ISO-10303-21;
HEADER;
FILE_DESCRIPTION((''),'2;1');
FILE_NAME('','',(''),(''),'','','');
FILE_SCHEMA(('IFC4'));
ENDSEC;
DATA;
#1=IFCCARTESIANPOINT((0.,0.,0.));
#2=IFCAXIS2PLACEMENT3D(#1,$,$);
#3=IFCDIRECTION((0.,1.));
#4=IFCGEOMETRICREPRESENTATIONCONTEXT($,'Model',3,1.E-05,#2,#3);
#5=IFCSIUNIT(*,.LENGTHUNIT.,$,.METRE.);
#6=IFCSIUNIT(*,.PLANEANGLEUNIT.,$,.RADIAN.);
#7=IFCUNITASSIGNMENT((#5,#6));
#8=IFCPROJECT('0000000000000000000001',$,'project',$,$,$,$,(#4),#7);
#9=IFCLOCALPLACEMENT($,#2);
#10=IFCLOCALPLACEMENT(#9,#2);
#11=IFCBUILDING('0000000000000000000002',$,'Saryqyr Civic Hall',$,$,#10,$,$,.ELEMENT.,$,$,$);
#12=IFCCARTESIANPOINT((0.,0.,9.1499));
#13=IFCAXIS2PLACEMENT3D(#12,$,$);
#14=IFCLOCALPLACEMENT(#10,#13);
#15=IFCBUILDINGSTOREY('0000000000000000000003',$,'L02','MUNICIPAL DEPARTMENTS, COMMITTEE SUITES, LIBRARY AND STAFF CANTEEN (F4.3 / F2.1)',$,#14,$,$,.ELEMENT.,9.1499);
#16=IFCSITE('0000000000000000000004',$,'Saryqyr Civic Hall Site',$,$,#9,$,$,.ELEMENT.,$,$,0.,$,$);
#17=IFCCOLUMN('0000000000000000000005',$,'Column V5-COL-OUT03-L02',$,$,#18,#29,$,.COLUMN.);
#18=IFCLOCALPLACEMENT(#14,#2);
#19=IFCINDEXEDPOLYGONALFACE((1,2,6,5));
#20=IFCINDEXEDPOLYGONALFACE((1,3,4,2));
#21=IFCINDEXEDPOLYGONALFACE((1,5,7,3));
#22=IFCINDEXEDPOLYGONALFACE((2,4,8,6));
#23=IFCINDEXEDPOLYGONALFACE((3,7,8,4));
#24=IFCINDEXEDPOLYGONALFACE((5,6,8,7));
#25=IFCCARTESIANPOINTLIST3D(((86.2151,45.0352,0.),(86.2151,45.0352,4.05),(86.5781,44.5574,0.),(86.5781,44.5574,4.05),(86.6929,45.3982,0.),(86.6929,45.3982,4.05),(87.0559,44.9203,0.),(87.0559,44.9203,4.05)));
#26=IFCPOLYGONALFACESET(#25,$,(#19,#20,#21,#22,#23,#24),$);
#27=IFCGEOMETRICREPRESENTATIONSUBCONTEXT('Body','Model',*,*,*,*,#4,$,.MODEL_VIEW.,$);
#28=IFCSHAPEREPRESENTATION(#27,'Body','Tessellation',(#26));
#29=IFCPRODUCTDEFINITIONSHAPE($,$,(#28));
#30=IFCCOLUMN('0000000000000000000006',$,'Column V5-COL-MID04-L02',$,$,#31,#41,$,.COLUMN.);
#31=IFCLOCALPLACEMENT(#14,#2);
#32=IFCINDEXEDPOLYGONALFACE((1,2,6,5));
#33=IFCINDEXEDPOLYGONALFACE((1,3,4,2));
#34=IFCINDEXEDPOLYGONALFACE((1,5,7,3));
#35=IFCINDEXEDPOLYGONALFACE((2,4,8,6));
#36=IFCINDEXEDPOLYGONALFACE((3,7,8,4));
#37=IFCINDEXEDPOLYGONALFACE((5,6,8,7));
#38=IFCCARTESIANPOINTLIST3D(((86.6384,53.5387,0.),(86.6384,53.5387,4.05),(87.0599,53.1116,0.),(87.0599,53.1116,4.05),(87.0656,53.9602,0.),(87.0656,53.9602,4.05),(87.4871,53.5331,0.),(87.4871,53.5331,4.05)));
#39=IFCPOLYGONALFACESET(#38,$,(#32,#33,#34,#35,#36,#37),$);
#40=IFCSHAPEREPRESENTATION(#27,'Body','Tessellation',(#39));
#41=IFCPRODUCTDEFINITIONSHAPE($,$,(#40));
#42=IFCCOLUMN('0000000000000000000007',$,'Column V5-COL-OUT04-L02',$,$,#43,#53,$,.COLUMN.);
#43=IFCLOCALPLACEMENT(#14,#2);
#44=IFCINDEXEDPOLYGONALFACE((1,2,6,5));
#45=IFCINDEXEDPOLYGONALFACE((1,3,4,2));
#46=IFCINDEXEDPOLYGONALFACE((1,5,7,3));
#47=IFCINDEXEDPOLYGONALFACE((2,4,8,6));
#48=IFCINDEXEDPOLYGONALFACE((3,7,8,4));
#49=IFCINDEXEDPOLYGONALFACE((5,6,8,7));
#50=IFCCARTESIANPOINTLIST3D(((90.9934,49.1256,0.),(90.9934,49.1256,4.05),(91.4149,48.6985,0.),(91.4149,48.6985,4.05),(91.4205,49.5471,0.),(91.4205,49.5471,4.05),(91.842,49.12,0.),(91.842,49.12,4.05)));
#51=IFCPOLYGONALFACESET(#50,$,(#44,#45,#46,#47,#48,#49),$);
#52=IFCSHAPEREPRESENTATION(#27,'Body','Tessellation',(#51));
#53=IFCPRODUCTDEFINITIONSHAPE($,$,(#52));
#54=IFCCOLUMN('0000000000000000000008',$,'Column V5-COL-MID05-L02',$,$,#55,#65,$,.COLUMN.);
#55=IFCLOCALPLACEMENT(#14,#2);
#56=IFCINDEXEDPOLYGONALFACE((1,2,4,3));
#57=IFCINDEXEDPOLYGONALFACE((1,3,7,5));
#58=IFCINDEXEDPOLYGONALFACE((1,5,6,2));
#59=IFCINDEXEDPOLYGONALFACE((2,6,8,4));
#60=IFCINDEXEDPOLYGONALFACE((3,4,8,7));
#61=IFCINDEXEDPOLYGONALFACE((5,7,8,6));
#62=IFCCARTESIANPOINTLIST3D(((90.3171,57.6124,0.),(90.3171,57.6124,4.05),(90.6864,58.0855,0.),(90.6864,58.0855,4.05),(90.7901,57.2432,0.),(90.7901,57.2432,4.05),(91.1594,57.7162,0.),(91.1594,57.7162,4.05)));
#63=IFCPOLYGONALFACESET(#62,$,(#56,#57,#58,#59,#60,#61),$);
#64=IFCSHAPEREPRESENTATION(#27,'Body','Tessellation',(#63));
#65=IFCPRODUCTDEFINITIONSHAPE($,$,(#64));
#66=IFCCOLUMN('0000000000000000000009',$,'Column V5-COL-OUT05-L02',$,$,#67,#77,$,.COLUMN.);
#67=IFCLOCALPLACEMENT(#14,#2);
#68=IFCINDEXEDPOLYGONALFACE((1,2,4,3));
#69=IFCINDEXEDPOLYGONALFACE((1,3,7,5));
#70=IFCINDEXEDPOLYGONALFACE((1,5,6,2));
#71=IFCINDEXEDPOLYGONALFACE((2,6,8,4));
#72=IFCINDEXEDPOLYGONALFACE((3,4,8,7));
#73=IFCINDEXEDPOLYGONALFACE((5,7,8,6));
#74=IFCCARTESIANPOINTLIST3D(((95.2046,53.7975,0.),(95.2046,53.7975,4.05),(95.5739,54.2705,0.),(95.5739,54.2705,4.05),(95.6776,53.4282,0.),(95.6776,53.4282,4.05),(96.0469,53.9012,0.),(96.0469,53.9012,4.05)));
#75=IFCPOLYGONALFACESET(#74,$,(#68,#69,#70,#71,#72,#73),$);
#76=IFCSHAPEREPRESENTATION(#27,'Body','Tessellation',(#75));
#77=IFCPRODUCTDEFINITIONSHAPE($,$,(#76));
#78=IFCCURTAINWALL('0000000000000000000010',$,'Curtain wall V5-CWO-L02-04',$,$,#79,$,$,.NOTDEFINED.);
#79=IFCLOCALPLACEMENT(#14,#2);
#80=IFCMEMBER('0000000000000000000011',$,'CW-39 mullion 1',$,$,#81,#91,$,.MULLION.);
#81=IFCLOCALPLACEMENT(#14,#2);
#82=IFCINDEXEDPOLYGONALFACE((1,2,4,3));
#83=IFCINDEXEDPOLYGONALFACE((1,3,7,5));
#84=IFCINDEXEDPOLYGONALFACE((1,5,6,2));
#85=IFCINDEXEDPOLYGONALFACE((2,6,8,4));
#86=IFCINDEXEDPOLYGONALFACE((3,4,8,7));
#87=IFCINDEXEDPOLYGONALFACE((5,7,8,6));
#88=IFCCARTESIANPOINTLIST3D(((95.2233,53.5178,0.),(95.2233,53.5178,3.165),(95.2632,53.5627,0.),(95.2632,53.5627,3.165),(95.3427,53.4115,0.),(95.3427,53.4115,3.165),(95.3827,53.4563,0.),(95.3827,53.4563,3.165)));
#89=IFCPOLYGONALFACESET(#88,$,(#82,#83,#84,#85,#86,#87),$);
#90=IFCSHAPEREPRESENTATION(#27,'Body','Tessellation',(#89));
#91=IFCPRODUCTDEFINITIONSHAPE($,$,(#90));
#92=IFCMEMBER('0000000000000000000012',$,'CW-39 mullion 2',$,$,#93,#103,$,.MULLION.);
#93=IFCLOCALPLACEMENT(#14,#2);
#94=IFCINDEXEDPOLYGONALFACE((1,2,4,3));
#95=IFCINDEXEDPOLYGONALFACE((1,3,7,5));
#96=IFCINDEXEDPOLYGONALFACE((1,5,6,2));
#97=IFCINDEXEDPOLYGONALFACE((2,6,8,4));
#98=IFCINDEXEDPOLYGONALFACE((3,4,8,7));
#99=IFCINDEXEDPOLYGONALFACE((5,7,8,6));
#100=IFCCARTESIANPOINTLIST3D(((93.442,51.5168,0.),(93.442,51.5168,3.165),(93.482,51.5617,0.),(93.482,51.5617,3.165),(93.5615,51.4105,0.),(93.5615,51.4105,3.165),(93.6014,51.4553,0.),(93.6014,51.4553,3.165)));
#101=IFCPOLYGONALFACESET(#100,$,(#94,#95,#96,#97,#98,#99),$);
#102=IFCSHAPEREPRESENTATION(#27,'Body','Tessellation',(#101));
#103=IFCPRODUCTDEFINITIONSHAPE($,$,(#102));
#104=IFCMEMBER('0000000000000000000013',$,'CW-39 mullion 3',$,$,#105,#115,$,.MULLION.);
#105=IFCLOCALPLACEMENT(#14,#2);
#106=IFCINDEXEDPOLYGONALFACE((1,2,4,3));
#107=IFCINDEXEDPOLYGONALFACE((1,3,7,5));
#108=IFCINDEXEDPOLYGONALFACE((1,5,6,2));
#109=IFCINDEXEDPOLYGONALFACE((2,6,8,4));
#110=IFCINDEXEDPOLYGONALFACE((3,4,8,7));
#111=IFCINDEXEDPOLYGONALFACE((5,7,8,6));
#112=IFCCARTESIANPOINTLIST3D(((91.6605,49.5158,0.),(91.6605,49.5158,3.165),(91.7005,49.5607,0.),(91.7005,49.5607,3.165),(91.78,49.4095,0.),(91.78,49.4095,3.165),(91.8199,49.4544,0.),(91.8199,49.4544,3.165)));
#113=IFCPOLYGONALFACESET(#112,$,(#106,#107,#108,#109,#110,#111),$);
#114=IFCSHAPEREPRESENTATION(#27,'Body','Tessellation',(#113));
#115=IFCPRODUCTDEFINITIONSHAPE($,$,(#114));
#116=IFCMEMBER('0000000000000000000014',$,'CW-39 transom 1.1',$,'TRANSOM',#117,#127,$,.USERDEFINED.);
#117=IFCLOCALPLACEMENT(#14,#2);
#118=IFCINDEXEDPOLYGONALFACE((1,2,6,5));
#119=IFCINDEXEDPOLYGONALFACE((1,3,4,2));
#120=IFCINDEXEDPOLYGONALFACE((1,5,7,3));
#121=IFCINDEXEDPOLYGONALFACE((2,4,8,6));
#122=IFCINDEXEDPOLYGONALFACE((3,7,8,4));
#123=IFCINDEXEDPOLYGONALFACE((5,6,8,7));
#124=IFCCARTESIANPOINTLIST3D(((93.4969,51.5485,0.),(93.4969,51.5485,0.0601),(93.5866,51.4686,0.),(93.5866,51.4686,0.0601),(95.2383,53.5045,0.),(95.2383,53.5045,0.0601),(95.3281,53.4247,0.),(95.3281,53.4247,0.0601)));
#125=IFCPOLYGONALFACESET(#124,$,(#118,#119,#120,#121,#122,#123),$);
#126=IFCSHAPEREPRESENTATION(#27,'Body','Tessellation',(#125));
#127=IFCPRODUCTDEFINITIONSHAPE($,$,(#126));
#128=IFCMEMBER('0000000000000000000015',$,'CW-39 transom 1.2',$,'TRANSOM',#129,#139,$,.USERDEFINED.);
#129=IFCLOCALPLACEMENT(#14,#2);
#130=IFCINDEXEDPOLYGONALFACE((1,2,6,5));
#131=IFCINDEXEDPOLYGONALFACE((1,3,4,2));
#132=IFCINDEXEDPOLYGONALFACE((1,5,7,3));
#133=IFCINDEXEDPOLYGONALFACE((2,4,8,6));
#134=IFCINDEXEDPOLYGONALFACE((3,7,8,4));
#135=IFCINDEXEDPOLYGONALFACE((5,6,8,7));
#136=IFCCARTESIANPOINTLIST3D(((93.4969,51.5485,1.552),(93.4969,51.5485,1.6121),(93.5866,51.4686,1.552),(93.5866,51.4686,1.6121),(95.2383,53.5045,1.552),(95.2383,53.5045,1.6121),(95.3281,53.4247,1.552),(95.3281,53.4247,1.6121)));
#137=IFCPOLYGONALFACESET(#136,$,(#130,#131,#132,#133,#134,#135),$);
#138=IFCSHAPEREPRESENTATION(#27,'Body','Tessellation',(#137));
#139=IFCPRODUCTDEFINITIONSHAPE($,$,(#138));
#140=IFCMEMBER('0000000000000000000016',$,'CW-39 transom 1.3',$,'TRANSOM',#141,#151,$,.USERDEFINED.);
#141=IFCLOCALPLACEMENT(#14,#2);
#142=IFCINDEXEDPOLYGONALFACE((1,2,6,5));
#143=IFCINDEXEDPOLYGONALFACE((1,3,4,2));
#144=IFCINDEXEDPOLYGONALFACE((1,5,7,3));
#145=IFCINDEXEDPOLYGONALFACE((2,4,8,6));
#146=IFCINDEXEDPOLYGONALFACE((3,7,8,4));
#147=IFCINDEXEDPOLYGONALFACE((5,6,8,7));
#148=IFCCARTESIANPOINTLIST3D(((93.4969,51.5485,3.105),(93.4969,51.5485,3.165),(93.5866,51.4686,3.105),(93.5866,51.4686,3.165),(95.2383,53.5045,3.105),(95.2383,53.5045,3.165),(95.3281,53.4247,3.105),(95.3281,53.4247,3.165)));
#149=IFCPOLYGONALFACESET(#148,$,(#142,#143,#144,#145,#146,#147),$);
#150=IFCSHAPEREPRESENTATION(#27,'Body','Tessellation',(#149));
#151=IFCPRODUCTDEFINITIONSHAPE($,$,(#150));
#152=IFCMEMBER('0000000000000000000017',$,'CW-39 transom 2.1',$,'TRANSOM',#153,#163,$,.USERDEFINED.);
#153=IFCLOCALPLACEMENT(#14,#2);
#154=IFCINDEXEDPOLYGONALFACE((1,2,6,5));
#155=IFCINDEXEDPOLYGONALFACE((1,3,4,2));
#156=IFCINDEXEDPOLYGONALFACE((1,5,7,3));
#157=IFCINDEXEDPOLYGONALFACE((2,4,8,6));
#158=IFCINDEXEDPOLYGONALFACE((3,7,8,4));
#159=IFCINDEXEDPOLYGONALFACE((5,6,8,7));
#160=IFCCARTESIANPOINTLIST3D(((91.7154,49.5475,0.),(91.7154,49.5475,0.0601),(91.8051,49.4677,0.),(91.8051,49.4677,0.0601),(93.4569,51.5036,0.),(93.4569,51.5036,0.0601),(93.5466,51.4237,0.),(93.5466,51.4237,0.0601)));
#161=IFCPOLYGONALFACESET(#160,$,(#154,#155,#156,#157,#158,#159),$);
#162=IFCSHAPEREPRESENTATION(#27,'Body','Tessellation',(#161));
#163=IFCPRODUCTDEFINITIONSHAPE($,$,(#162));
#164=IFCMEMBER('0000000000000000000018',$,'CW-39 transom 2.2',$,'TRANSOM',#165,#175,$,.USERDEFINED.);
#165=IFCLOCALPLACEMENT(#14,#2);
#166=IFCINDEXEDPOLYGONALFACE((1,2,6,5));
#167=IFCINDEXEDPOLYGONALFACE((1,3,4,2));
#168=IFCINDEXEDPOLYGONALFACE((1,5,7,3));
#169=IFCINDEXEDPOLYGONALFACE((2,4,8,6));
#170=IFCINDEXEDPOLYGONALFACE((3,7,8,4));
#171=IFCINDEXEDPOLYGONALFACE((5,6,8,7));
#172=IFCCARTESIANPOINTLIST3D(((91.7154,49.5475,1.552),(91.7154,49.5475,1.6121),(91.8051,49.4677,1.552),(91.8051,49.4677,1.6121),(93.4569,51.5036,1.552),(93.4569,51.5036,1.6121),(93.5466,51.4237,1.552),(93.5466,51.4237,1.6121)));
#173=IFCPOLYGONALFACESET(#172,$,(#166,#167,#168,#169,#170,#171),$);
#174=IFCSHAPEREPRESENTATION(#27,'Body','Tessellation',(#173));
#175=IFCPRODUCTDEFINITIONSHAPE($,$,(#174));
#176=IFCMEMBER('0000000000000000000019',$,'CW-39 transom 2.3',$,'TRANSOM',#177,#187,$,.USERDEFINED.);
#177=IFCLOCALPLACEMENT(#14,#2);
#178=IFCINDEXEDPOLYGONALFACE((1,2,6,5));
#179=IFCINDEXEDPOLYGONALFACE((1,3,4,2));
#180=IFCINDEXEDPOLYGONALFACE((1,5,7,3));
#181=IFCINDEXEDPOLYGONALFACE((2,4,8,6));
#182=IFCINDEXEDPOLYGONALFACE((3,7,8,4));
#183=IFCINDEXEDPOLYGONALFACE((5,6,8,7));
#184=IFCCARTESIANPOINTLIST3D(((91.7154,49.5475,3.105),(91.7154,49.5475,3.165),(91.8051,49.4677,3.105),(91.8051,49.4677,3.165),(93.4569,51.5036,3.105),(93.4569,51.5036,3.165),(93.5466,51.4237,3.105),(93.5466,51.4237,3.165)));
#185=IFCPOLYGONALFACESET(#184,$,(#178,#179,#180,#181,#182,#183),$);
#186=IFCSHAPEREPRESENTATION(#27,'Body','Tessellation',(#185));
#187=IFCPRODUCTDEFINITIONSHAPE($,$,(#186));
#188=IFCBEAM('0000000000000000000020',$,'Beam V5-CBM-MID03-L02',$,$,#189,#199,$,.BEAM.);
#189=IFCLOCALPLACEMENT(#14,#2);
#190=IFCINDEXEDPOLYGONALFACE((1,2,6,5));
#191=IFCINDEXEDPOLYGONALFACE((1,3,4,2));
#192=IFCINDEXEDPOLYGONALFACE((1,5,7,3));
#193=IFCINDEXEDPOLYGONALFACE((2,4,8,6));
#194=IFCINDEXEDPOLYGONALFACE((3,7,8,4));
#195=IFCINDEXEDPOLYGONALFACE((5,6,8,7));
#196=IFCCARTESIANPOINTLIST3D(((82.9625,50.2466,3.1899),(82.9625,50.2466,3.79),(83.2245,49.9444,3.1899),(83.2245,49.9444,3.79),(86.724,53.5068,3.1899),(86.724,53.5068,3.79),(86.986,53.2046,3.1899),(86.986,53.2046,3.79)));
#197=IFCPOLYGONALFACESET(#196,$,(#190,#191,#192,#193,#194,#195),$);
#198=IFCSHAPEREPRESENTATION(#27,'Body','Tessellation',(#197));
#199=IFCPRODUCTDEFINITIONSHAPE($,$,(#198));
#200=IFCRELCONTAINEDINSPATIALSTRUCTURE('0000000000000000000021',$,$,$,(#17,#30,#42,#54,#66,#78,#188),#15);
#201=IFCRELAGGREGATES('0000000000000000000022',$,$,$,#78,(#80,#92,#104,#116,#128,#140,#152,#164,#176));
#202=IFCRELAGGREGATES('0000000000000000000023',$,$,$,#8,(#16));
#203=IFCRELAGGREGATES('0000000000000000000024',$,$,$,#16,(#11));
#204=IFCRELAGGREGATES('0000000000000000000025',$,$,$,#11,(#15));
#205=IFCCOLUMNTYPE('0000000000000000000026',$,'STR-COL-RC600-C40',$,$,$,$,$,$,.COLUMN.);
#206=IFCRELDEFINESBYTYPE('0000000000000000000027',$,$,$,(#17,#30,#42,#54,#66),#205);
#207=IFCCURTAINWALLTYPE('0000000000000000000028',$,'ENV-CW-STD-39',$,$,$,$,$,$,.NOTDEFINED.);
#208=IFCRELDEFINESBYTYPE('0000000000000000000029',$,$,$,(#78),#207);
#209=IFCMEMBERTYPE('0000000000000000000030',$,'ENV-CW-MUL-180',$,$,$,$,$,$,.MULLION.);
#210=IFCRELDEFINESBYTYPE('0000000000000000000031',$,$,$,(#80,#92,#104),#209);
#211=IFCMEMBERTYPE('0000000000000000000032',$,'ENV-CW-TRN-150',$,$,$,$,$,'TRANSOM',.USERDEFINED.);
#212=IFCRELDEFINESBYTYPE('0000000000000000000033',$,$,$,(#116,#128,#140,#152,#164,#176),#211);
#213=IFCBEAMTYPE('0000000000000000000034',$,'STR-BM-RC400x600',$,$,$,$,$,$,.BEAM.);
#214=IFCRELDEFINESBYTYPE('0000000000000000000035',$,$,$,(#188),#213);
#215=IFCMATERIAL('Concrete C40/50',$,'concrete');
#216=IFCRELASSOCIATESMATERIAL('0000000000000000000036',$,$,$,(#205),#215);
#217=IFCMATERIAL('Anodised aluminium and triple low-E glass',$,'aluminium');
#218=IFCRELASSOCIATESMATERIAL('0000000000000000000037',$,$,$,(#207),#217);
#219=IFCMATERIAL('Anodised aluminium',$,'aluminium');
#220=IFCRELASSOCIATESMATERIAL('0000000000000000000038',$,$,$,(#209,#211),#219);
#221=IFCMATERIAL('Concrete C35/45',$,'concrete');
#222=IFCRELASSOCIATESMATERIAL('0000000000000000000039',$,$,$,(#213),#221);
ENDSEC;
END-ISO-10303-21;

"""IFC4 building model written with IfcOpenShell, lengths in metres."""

from ifc_helpers import new_model, si_unit, direction, frame, origin, origin_2d, place, context, subcontext, project, spatial, rectangle, extrude, material, material_profile, profile_set, type_object, element, aggregate, save


model = new_model("IFC4")

# Units and contexts
model_context = context("Model", 3, precision=1e-05, world=origin(), true_north=direction((0.0, 1.0)))
body_context = subcontext(model_context, "Body", "Model", "MODEL_VIEW")
ifc_project = project(units=[si_unit("LENGTHUNIT", "METRE"), si_unit("PLANEANGLEUNIT", "RADIAN")], contexts=[model_context])

# Site, building, storey
site_placement = place(None, origin())
site = spatial("IfcSite", under=ifc_project, at=site_placement, Name="Saryqyr Civic Hall Site", CompositionType="ELEMENT", RefElevation=0.0)
building_placement = place(site_placement, origin())
building = spatial("IfcBuilding", under=site, at=building_placement, Name="Saryqyr Civic Hall", CompositionType="ELEMENT")
storey_placement = place(building_placement, frame((0.0, 0.0, 9.1499)))
storey = spatial("IfcBuildingStorey", under=building, at=storey_placement, Name="L02", Description="MUNICIPAL DEPARTMENTS, COMMITTEE SUITES, LIBRARY AND STAFF CANTEEN (F4.3 / F2.1)", CompositionType="ELEMENT", Elevation=9.1499)

# Columns
ifc_material_1 = material(Name="Concrete C40/50", Category="concrete")
ifc_material_profile_1 = material_profile(ifc_material_1, rectangle(XDim=0.6001, YDim=0.6001, at=origin_2d()), Name="RC 600x600")
ifc_profile_set_1 = profile_set([ifc_material_profile_1], Name="Concrete C40/50")
column_type = type_object("IfcColumnType", Name="STR-COL-RC600-C40", PredefinedType="COLUMN", material=ifc_profile_set_1)
for number, where, z_axis, x_axis, name in (
    (1, (86.6355, 44.9778, 0.0), (0.0, 0.0, 1.0), (0.604877, -0.796319, 0.0), "Column V5-COL-OUT03-L02"),
    (2, (87.0627, 53.5359, 0.0), (0.0, 0.0, 1.0), (0.702402, -0.711781, 0.0), "Column V5-COL-MID04-L02"),
    (3, (91.4177, 49.1228, 0.0), (0.0, 0.0, 1.0), (0.702402, -0.711781, 0.0), "Column V5-COL-OUT04-L02"),
    (4, (90.7383, 57.6643, 0.0), (0.0, 0.0, 1.0), (0.788226, -0.615386, 0.0), "Column V5-COL-MID05-L02"),
    (5, (95.6257, 53.8494, 0.0), (0.0, 0.0, 1.0), (0.788226, -0.615386, 0.0), "Column V5-COL-OUT05-L02"),
):
    element("IfcColumn", number, at=place(storey_placement, frame(where, z_axis=z_axis, x_axis=x_axis)), inside=storey, type_object=column_type, Name=name, PredefinedType="COLUMN", context=body_context, shape_type="SweptSolid", body=[
        extrude(rectangle(XDim=0.6001, YDim=0.6001, at=origin_2d()), origin(), (0.0, 0.0, 1.0), 4.05),
    ])

# Curtain wall, members
ifc_material_2 = material(Name="Anodised aluminium and triple low-E glass", Category="aluminium")
curtain_wall_type = type_object("IfcCurtainWallType", Name="ENV-CW-STD-39", PredefinedType="NOTDEFINED", material=ifc_material_2)
curtain_wall_placement = place(storey_placement, origin())
curtain_wall = element("IfcCurtainWall", 6, at=curtain_wall_placement, inside=storey, type_object=curtain_wall_type, Name="Curtain wall V5-CWO-L02-04", PredefinedType="NOTDEFINED")
ifc_material_3 = material(Name="Anodised aluminium", Category="aluminium")
ifc_material_profile_2 = material_profile(ifc_material_3, rectangle(XDim=0.0601, YDim=0.1599, at=origin_2d()), Name="ALU MULLION 60x160")
ifc_profile_set_2 = profile_set([ifc_material_profile_2], Name="Anodised aluminium")
member_type_1 = type_object("IfcMemberType", Name="ENV-CW-MUL-180", PredefinedType="MULLION", material=ifc_profile_set_2)
member_1_placement = place(storey_placement, frame((95.303, 53.4871, 0.0), z_axis=(0.0, 0.0, 1.0), x_axis=(-0.664934, -0.746902, 0.0)))
member_1 = element("IfcMember", 7, at=member_1_placement, type_object=member_type_1, Name="CW-39 mullion 1", PredefinedType="MULLION", context=body_context, shape_type="SweptSolid", body=[
    extrude(rectangle(XDim=0.0601, YDim=0.1599, at=origin_2d()), origin(), (0.0, 0.0, 1.0), 3.165),
])
member_2_placement = place(storey_placement, frame((93.5217, 51.4861, 0.0), z_axis=(0.0, 0.0, 1.0), x_axis=(-0.664934, -0.746902, 0.0)))
member_2 = element("IfcMember", 8, at=member_2_placement, type_object=member_type_1, Name="CW-39 mullion 2", PredefinedType="MULLION", context=body_context, shape_type="SweptSolid", body=[
    extrude(rectangle(XDim=0.0601, YDim=0.1599, at=origin_2d()), origin(), (0.0, 0.0, 1.0), 3.165),
])
member_3_placement = place(storey_placement, frame((91.7402, 49.4851, 0.0), z_axis=(0.0, 0.0, 1.0), x_axis=(-0.664934, -0.746902, 0.0)))
member_3 = element("IfcMember", 9, at=member_3_placement, type_object=member_type_1, Name="CW-39 mullion 3", PredefinedType="MULLION", context=body_context, shape_type="SweptSolid", body=[
    extrude(rectangle(XDim=0.0601, YDim=0.1599, at=origin_2d()), origin(), (0.0, 0.0, 1.0), 3.165),
])
ifc_material_profile_3 = material_profile(ifc_material_3, rectangle(XDim=0.1201, YDim=0.0601, at=origin_2d()), Name="ALU TRANSOM 120x60")
ifc_profile_set_3 = profile_set([ifc_material_profile_3], Name="Anodised aluminium")
member_type_2 = type_object("IfcMemberType", Name="ENV-CW-TRN-150", ElementType="TRANSOM", PredefinedType="USERDEFINED", material=ifc_profile_set_3)
member_4_placement = place(storey_placement, frame((95.2832, 53.4646, 0.03), z_axis=(-0.664948, -0.74689, 0.0), x_axis=(0.74689, -0.664948, 0.0)))
member_4 = element("IfcMember", 10, at=member_4_placement, type_object=member_type_2, Name="CW-39 transom 1.1", ObjectType="TRANSOM", PredefinedType="USERDEFINED", context=body_context, shape_type="SweptSolid", body=[
    extrude(rectangle(XDim=0.1201, YDim=0.0601, at=origin_2d()), origin(), (0.0, 0.0, 1.0), 2.6189),
])
member_5_placement = place(storey_placement, frame((95.2832, 53.4646, 1.582), z_axis=(-0.664948, -0.74689, 0.0), x_axis=(0.74689, -0.664948, 0.0)))
member_5 = element("IfcMember", 11, at=member_5_placement, type_object=member_type_2, Name="CW-39 transom 1.2", ObjectType="TRANSOM", PredefinedType="USERDEFINED", context=body_context, shape_type="SweptSolid", body=[
    extrude(rectangle(XDim=0.1201, YDim=0.0601, at=origin_2d()), origin(), (0.0, 0.0, 1.0), 2.6189),
])
member_6_placement = place(storey_placement, frame((95.2832, 53.4646, 3.135), z_axis=(-0.664948, -0.74689, 0.0), x_axis=(0.74689, -0.664948, 0.0)))
member_6 = element("IfcMember", 12, at=member_6_placement, type_object=member_type_2, Name="CW-39 transom 1.3", ObjectType="TRANSOM", PredefinedType="USERDEFINED", context=body_context, shape_type="SweptSolid", body=[
    extrude(rectangle(XDim=0.1201, YDim=0.0601, at=origin_2d()), origin(), (0.0, 0.0, 1.0), 2.6189),
])
member_7_placement = place(storey_placement, frame((93.5017, 51.4636, 0.03), z_axis=(-0.664948, -0.74689, 0.0), x_axis=(0.74689, -0.664948, 0.0)))
member_7 = element("IfcMember", 13, at=member_7_placement, type_object=member_type_2, Name="CW-39 transom 2.1", ObjectType="TRANSOM", PredefinedType="USERDEFINED", context=body_context, shape_type="SweptSolid", body=[
    extrude(rectangle(XDim=0.1201, YDim=0.0601, at=origin_2d()), origin(), (0.0, 0.0, 1.0), 2.6189),
])
member_8_placement = place(storey_placement, frame((93.5017, 51.4636, 1.582), z_axis=(-0.664948, -0.74689, 0.0), x_axis=(0.74689, -0.664948, 0.0)))
member_8 = element("IfcMember", 14, at=member_8_placement, type_object=member_type_2, Name="CW-39 transom 2.2", ObjectType="TRANSOM", PredefinedType="USERDEFINED", context=body_context, shape_type="SweptSolid", body=[
    extrude(rectangle(XDim=0.1201, YDim=0.0601, at=origin_2d()), origin(), (0.0, 0.0, 1.0), 2.6189),
])
member_9_placement = place(storey_placement, frame((93.5017, 51.4636, 3.135), z_axis=(-0.664948, -0.74689, 0.0), x_axis=(0.74689, -0.664948, 0.0)))
member_9 = element("IfcMember", 15, at=member_9_placement, type_object=member_type_2, Name="CW-39 transom 2.3", ObjectType="TRANSOM", PredefinedType="USERDEFINED", context=body_context, shape_type="SweptSolid", body=[
    extrude(rectangle(XDim=0.1201, YDim=0.0601, at=origin_2d()), origin(), (0.0, 0.0, 1.0), 2.6189),
])

# Beam
ifc_material_4 = material(Name="Concrete C35/45", Category="concrete")
ifc_material_profile_4 = material_profile(ifc_material_4, rectangle(XDim=0.3999, YDim=0.6001, at=origin_2d()), Name="RC 400x600")
ifc_profile_set_4 = profile_set([ifc_material_profile_4], Name="Concrete C35/45")
beam_type_1 = type_object("IfcBeamType", Name="STR-BM-RC400x600", PredefinedType="BEAM", material=ifc_profile_set_4)
beam_placement = place(storey_placement, frame((83.0935, 50.0955, 3.49), z_axis=(0.755658, 0.654966, 0.0), x_axis=(-0.654966, 0.755658, 0.0)))
element("IfcBeam", 16, at=beam_placement, inside=storey, type_object=beam_type_1, Name="Beam V5-CBM-MID03-L02", PredefinedType="BEAM", context=body_context, shape_type="SweptSolid", body=[
    extrude(rectangle(XDim=0.3999, YDim=0.6001, at=origin_2d()), origin(), (0.0, 0.0, 1.0), 4.9778),
])

aggregate(curtain_wall, [member_1, member_2, member_3, member_4, member_5, member_6, member_7, member_8, member_9])

save(model, "model.ifc")
